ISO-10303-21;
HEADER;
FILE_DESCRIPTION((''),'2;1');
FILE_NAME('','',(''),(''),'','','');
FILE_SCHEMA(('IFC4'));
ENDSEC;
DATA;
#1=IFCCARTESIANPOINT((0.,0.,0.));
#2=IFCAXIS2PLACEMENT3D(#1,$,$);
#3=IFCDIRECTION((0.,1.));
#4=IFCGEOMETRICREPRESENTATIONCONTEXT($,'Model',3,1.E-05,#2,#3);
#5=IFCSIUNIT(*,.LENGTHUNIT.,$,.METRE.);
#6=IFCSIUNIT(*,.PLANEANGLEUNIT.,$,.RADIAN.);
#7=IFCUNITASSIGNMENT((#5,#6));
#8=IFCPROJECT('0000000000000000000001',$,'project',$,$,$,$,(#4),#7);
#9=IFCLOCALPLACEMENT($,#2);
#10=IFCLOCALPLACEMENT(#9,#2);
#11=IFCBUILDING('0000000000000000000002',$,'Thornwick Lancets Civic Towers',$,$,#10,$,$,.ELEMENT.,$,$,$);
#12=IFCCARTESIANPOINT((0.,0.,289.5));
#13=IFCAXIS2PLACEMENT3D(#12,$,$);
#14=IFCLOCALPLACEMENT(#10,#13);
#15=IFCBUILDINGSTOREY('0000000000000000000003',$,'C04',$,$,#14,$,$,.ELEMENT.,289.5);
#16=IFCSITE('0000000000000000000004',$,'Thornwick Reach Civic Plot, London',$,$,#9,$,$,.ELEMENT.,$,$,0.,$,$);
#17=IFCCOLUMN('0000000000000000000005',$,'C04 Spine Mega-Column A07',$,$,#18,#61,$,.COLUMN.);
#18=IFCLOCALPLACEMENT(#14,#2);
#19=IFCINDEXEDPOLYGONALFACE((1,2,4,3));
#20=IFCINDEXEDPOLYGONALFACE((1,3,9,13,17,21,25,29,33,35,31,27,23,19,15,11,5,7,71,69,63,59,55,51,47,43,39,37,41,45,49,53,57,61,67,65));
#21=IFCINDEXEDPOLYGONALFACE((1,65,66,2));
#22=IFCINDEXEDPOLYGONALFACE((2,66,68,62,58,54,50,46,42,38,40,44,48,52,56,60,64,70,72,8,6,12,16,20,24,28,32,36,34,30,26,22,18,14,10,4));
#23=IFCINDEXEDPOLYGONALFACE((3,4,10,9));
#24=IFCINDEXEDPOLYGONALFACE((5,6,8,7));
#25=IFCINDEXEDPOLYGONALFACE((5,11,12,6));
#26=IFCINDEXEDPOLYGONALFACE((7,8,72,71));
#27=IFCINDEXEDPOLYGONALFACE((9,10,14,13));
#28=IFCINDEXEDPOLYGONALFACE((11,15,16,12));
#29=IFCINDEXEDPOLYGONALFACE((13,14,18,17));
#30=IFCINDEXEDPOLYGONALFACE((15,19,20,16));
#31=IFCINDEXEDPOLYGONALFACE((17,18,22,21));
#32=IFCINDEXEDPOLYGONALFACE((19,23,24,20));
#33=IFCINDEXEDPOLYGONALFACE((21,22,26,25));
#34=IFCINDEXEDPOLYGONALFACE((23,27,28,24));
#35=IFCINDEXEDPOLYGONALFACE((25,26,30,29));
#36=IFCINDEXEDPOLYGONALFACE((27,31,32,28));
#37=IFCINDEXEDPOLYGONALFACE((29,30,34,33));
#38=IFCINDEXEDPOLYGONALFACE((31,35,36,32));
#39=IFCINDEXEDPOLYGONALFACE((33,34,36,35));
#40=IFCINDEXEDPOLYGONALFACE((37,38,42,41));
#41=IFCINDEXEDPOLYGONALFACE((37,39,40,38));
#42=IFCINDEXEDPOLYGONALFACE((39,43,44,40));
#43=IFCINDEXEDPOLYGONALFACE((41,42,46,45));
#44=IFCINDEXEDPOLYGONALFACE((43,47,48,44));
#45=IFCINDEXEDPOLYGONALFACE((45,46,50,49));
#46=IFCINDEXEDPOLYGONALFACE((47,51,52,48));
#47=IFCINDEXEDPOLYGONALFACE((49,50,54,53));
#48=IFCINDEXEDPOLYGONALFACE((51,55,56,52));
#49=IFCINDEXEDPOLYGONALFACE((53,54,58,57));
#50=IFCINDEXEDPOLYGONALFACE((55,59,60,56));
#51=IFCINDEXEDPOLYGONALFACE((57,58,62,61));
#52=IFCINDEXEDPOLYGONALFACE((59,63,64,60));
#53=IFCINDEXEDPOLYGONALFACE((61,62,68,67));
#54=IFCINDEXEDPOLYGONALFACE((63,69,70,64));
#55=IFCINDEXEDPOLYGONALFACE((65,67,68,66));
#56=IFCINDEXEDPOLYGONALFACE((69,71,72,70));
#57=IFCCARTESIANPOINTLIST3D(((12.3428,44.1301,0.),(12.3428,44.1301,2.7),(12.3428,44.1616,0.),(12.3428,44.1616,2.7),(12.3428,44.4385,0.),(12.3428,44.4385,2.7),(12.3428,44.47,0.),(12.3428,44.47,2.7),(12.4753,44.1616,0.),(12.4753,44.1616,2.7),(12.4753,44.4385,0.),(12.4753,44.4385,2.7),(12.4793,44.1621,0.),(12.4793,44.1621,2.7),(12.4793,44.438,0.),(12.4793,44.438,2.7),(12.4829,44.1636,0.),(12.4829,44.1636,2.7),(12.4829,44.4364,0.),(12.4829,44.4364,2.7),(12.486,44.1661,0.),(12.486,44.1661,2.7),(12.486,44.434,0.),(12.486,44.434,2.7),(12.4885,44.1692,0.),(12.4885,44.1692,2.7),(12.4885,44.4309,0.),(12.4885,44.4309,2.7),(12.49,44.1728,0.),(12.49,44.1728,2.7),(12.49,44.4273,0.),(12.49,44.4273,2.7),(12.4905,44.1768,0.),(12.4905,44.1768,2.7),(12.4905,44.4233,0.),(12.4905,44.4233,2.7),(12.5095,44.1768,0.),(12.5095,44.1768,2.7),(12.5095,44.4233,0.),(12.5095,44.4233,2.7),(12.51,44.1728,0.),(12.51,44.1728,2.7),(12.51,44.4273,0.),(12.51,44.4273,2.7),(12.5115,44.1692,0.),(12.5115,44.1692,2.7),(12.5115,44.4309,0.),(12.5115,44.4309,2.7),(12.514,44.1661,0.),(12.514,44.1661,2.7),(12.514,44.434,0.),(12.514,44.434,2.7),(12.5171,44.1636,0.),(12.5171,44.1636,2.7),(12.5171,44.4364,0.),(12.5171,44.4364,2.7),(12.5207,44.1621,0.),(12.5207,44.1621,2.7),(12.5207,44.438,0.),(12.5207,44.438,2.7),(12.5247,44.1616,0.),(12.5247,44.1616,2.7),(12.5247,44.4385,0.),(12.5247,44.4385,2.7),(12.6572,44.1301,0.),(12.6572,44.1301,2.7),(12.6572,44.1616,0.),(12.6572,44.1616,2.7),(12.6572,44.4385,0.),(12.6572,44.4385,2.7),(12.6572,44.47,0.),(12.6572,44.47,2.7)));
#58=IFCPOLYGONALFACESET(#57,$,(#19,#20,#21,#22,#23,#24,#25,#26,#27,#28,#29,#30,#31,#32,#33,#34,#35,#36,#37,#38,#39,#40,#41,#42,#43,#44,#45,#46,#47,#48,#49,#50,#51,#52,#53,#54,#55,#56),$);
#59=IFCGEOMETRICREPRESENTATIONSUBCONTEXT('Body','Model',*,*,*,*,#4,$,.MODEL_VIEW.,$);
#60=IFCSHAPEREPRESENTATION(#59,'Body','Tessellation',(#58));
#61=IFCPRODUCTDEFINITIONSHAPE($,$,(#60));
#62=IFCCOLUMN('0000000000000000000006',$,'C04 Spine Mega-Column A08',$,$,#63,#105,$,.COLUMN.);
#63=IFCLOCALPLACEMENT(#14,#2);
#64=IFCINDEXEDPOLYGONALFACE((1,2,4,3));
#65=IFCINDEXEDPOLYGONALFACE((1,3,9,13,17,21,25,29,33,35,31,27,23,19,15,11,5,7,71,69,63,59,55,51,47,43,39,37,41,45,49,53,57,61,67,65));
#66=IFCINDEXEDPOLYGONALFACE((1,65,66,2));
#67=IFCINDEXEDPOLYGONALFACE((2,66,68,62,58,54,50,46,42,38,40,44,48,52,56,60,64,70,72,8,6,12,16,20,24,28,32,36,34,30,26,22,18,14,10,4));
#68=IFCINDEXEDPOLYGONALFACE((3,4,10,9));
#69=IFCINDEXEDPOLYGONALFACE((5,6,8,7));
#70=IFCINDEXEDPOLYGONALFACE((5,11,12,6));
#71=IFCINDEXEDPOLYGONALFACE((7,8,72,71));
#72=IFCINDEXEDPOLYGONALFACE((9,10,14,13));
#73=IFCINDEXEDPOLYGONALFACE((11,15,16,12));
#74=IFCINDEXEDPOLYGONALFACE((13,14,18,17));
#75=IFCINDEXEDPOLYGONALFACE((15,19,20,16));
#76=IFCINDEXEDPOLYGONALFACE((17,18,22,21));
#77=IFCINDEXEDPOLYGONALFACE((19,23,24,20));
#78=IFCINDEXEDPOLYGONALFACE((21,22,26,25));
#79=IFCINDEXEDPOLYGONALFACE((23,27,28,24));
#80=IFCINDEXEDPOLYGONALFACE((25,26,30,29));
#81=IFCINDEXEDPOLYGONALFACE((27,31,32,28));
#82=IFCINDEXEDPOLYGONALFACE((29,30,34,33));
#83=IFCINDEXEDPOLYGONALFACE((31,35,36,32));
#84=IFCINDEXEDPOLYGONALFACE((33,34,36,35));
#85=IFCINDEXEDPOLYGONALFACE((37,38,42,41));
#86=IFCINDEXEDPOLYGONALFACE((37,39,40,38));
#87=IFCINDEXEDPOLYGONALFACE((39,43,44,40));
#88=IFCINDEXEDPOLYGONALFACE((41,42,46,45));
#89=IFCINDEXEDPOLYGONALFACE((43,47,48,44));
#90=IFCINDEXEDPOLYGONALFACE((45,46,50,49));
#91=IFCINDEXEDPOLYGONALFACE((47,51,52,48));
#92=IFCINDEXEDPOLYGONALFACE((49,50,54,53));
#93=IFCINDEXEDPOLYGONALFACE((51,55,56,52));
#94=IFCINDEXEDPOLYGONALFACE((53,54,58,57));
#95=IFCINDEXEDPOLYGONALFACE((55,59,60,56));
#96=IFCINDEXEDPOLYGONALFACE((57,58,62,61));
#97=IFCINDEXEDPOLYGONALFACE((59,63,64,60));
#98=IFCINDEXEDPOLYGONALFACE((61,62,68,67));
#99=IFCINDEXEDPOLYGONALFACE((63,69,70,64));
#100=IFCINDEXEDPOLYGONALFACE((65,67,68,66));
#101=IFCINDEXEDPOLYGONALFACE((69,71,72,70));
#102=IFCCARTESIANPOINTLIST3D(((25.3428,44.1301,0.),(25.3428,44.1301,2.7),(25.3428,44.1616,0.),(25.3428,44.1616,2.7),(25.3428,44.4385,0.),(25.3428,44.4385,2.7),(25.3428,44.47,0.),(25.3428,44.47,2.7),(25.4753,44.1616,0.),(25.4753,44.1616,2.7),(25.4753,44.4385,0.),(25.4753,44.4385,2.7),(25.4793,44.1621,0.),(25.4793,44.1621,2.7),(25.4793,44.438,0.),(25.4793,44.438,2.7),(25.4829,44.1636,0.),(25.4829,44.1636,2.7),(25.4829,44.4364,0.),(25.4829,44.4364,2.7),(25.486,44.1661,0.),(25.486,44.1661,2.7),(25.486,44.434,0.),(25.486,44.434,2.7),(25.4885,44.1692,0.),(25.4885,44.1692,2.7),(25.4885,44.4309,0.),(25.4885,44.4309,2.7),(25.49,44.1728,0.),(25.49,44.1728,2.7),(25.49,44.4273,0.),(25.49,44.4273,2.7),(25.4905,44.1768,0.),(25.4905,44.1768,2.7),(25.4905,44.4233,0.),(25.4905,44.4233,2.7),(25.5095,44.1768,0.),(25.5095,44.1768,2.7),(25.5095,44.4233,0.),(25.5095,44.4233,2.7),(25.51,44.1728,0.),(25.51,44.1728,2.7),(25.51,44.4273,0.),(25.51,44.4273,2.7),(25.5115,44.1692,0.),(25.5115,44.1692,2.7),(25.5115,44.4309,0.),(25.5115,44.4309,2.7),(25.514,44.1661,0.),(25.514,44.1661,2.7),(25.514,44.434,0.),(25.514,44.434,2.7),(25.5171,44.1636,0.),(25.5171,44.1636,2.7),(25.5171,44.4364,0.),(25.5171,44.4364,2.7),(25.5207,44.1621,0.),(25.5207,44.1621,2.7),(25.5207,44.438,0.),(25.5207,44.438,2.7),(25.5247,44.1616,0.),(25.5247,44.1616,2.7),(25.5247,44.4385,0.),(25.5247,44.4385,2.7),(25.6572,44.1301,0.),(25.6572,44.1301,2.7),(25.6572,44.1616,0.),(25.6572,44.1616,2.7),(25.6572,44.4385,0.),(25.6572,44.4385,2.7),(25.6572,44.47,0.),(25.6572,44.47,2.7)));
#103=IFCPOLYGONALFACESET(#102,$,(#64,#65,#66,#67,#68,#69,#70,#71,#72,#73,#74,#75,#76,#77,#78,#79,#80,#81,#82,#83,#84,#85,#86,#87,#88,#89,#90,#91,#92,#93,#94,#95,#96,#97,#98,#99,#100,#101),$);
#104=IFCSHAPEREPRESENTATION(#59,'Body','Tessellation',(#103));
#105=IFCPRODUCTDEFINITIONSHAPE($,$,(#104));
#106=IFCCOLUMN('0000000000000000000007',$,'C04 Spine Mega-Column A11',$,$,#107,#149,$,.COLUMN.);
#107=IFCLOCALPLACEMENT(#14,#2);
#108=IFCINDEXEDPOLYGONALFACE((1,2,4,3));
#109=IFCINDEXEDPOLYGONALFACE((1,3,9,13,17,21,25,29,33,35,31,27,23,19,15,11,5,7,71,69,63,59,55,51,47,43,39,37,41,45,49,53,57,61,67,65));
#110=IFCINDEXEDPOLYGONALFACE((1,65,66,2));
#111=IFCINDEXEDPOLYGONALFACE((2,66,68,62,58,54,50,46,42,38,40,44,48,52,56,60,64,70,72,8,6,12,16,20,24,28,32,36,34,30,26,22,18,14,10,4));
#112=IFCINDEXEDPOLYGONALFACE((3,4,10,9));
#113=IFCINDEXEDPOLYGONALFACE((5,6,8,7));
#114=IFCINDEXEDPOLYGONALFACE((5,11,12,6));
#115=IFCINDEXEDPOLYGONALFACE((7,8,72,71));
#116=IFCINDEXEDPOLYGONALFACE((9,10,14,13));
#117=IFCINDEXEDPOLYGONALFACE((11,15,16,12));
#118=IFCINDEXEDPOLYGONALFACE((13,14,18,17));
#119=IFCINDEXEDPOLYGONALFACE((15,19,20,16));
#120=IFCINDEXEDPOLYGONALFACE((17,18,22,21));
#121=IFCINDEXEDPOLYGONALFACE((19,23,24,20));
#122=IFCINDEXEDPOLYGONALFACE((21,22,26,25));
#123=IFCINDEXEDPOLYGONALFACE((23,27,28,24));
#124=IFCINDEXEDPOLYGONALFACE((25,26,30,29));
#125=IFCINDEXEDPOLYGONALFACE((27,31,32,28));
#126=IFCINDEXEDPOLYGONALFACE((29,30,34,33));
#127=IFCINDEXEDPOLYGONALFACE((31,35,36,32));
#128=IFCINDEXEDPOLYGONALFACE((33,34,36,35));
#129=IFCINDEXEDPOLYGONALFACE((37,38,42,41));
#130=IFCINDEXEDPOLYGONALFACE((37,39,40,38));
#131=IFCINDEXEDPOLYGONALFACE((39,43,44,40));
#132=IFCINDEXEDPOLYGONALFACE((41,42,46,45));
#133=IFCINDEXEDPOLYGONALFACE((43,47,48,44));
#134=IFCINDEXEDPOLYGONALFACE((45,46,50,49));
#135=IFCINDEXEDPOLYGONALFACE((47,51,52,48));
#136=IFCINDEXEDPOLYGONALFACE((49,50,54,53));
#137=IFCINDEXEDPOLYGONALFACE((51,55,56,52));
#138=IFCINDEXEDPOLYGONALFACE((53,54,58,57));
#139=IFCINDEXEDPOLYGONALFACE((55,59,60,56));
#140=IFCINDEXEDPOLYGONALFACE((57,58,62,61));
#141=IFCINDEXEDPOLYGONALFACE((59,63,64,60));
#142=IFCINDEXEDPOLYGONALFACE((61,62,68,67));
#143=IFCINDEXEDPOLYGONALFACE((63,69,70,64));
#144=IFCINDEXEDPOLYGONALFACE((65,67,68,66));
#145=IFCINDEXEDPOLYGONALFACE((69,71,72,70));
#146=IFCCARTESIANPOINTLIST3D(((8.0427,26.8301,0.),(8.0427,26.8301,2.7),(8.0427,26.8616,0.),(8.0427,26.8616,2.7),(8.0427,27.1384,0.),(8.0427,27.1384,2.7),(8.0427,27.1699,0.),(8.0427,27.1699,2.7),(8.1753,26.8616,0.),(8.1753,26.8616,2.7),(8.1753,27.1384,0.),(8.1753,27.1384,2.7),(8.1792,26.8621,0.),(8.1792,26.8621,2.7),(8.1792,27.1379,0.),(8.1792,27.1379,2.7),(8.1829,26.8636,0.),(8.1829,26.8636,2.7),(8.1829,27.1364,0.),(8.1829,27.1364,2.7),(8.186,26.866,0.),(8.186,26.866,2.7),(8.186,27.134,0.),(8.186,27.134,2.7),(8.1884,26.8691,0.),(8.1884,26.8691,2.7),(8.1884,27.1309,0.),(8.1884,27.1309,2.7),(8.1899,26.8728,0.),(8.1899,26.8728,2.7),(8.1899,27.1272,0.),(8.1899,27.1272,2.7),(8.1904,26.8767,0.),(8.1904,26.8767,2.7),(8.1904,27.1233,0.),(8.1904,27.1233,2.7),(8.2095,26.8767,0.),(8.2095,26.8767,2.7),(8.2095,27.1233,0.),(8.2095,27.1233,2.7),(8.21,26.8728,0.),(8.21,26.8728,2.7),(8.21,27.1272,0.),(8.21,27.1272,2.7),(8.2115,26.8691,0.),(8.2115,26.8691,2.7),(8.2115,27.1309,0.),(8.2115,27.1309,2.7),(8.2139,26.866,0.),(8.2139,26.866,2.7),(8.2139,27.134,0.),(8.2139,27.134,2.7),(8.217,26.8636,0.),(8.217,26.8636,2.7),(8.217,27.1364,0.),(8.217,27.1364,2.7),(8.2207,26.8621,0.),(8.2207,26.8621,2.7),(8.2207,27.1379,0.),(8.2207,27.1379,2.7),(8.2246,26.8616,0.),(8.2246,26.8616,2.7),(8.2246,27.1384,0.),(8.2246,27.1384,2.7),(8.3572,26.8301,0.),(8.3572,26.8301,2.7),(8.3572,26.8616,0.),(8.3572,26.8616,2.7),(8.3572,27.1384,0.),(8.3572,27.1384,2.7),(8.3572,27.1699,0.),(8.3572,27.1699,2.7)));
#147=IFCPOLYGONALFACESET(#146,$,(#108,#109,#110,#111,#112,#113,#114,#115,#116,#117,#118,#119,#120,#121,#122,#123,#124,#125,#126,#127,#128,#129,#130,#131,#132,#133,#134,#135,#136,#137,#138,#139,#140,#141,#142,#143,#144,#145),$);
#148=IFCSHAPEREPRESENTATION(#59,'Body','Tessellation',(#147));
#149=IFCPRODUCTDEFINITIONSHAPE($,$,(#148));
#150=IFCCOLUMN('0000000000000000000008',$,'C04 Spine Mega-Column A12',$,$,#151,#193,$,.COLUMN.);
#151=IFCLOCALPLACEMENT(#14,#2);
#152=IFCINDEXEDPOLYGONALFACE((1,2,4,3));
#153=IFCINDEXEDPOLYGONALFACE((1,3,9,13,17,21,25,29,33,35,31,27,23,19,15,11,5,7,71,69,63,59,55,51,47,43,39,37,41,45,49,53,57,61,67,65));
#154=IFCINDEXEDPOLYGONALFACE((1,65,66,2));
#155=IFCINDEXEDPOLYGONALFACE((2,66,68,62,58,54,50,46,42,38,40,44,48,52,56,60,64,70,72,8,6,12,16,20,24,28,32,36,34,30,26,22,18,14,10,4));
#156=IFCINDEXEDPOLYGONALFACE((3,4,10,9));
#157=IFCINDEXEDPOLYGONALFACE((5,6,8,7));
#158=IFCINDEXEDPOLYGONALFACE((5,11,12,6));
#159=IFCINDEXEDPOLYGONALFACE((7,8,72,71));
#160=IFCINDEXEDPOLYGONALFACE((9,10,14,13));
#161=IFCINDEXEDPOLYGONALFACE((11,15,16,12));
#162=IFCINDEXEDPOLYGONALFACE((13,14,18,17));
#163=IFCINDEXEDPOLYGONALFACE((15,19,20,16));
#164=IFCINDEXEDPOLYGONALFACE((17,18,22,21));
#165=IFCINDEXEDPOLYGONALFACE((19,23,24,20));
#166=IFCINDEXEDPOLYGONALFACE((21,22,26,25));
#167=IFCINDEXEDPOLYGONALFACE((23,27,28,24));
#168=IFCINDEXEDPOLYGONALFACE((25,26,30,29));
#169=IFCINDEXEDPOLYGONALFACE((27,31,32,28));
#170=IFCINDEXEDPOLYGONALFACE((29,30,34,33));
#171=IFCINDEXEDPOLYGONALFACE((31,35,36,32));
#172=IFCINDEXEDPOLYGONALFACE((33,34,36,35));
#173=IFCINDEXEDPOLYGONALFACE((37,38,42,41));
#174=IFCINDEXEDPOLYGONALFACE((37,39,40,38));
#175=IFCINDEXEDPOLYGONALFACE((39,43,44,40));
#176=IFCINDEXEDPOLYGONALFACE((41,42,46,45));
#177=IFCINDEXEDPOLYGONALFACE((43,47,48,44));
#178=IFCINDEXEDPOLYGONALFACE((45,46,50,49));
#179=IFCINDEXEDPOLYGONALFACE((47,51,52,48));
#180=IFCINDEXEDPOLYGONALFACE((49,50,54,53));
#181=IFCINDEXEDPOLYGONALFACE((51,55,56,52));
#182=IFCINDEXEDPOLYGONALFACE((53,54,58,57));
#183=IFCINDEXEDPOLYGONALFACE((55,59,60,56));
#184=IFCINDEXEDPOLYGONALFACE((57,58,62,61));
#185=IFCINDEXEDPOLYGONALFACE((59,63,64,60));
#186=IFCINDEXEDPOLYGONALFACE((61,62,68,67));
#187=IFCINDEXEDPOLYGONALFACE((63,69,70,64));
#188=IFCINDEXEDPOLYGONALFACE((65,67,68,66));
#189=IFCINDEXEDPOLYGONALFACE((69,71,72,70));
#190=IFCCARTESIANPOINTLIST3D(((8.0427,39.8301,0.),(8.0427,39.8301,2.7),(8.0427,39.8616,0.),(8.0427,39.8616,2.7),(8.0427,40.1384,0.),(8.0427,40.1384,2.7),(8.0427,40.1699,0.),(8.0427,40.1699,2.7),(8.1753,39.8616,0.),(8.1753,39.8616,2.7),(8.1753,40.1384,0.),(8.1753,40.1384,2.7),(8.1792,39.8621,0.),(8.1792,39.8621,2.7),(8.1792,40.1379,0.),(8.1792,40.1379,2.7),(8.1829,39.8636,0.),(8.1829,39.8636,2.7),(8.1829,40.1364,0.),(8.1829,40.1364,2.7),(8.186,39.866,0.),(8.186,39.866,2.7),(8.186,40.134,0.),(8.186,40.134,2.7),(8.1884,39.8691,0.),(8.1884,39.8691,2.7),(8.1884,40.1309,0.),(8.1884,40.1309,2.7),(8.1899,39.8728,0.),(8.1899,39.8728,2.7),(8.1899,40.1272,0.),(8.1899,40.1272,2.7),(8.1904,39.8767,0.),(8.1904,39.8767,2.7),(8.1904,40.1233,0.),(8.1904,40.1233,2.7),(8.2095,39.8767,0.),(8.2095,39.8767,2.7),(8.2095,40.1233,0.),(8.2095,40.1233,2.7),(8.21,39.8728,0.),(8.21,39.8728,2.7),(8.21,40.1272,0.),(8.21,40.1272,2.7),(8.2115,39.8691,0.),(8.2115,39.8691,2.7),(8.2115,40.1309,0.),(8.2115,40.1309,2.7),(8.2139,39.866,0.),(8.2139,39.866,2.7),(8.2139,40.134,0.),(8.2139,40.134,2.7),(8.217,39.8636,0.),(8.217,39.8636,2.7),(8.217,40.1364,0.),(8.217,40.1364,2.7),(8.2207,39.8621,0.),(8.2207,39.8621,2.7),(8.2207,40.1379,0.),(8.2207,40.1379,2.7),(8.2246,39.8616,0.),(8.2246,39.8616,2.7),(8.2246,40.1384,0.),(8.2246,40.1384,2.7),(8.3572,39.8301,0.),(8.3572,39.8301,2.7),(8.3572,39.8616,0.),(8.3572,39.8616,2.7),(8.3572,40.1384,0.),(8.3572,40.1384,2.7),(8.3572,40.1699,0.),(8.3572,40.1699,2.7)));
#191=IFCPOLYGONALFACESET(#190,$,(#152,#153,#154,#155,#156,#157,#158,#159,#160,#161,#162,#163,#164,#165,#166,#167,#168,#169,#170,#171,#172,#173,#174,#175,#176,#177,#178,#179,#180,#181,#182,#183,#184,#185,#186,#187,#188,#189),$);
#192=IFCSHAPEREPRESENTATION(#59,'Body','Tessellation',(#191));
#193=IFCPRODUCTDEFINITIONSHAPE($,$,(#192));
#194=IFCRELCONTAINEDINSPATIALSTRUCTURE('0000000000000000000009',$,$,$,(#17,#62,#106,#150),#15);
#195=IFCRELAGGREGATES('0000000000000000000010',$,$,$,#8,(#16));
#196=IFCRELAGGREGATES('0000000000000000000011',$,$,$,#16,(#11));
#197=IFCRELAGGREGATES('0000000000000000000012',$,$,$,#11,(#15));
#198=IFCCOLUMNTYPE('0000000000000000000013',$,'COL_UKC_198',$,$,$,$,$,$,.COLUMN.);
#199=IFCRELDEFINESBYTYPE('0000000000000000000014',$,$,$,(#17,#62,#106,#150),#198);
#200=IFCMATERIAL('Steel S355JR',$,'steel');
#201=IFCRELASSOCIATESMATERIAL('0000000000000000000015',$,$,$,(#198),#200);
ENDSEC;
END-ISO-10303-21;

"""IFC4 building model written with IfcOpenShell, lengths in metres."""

from ifc_helpers import new_model, si_unit, direction, frame, origin, origin_2d, place, context, subcontext, project, spatial, i_section, extrude, material, material_profile, profile_set, type_object, element, save


model = new_model("IFC4")

# Units and contexts
model_context = context("Model", 3, precision=1e-05, world=origin(), true_north=direction((0.0, 1.0)))
body_context = subcontext(model_context, "Body", "Model", "MODEL_VIEW")
ifc_project = project(units=[si_unit("LENGTHUNIT", "METRE"), si_unit("PLANEANGLEUNIT", "RADIAN")], contexts=[model_context])

# Site, building, storey
site_placement = place(None, origin())
site = spatial("IfcSite", under=ifc_project, at=site_placement, Name="Thornwick Reach Civic Plot, London", CompositionType="ELEMENT", RefElevation=0.0)
building_placement = place(site_placement, origin())
building = spatial("IfcBuilding", under=site, at=building_placement, Name="Thornwick Lancets Civic Towers", CompositionType="ELEMENT")
storey_placement = place(building_placement, frame((0.0, 0.0, 289.5)))
storey = spatial("IfcBuildingStorey", under=building, at=storey_placement, Name="C04", CompositionType="ELEMENT", Elevation=289.5)

# Columns
ifc_material_1 = material(Name="Steel S355JR", Category="steel")
ifc_material_profile_1 = material_profile(ifc_material_1, i_section(OverallWidth=0.3145, OverallDepth=0.3398, WebThickness=0.019, FlangeThickness=0.0315, FilletRadius=0.0151, at=origin_2d()), Name="UKC 305x305x198")
ifc_profile_set_1 = profile_set([ifc_material_profile_1], Name="Steel S355JR")
column_type = type_object("IfcColumnType", Name="COL_UKC_198", PredefinedType="COLUMN", material=ifc_profile_set_1)
for number, where, z_axis, x_axis, name in (
    (1, (12.5, 44.3, 0.0), (0.0, 0.0, 1.0), (1.0, 0.0, 0.0), "C04 Spine Mega-Column A07"),
    (2, (25.5, 44.3, 0.0), (0.0, 0.0, 1.0), (1.0, 0.0, 0.0), "C04 Spine Mega-Column A08"),
    (3, (8.2, 27.0, 0.0), (0.0, 0.0, 1.0), (1.0, 0.0, 0.0), "C04 Spine Mega-Column A11"),
    (4, (8.2, 40.0, 0.0), (0.0, 0.0, 1.0), (1.0, 0.0, 0.0), "C04 Spine Mega-Column A12"),
):
    element("IfcColumn", number, at=place(storey_placement, frame(where, z_axis=z_axis, x_axis=x_axis)), inside=storey, type_object=column_type, Name=name, PredefinedType="COLUMN", context=body_context, shape_type="SweptSolid", body=[
        extrude(i_section(OverallWidth=0.3145, OverallDepth=0.3398, WebThickness=0.019, FlangeThickness=0.0315, FilletRadius=0.0151, at=origin_2d()), origin(), (0.0, 0.0, 1.0), 2.7),
    ])

save(model, "model.ifc")
